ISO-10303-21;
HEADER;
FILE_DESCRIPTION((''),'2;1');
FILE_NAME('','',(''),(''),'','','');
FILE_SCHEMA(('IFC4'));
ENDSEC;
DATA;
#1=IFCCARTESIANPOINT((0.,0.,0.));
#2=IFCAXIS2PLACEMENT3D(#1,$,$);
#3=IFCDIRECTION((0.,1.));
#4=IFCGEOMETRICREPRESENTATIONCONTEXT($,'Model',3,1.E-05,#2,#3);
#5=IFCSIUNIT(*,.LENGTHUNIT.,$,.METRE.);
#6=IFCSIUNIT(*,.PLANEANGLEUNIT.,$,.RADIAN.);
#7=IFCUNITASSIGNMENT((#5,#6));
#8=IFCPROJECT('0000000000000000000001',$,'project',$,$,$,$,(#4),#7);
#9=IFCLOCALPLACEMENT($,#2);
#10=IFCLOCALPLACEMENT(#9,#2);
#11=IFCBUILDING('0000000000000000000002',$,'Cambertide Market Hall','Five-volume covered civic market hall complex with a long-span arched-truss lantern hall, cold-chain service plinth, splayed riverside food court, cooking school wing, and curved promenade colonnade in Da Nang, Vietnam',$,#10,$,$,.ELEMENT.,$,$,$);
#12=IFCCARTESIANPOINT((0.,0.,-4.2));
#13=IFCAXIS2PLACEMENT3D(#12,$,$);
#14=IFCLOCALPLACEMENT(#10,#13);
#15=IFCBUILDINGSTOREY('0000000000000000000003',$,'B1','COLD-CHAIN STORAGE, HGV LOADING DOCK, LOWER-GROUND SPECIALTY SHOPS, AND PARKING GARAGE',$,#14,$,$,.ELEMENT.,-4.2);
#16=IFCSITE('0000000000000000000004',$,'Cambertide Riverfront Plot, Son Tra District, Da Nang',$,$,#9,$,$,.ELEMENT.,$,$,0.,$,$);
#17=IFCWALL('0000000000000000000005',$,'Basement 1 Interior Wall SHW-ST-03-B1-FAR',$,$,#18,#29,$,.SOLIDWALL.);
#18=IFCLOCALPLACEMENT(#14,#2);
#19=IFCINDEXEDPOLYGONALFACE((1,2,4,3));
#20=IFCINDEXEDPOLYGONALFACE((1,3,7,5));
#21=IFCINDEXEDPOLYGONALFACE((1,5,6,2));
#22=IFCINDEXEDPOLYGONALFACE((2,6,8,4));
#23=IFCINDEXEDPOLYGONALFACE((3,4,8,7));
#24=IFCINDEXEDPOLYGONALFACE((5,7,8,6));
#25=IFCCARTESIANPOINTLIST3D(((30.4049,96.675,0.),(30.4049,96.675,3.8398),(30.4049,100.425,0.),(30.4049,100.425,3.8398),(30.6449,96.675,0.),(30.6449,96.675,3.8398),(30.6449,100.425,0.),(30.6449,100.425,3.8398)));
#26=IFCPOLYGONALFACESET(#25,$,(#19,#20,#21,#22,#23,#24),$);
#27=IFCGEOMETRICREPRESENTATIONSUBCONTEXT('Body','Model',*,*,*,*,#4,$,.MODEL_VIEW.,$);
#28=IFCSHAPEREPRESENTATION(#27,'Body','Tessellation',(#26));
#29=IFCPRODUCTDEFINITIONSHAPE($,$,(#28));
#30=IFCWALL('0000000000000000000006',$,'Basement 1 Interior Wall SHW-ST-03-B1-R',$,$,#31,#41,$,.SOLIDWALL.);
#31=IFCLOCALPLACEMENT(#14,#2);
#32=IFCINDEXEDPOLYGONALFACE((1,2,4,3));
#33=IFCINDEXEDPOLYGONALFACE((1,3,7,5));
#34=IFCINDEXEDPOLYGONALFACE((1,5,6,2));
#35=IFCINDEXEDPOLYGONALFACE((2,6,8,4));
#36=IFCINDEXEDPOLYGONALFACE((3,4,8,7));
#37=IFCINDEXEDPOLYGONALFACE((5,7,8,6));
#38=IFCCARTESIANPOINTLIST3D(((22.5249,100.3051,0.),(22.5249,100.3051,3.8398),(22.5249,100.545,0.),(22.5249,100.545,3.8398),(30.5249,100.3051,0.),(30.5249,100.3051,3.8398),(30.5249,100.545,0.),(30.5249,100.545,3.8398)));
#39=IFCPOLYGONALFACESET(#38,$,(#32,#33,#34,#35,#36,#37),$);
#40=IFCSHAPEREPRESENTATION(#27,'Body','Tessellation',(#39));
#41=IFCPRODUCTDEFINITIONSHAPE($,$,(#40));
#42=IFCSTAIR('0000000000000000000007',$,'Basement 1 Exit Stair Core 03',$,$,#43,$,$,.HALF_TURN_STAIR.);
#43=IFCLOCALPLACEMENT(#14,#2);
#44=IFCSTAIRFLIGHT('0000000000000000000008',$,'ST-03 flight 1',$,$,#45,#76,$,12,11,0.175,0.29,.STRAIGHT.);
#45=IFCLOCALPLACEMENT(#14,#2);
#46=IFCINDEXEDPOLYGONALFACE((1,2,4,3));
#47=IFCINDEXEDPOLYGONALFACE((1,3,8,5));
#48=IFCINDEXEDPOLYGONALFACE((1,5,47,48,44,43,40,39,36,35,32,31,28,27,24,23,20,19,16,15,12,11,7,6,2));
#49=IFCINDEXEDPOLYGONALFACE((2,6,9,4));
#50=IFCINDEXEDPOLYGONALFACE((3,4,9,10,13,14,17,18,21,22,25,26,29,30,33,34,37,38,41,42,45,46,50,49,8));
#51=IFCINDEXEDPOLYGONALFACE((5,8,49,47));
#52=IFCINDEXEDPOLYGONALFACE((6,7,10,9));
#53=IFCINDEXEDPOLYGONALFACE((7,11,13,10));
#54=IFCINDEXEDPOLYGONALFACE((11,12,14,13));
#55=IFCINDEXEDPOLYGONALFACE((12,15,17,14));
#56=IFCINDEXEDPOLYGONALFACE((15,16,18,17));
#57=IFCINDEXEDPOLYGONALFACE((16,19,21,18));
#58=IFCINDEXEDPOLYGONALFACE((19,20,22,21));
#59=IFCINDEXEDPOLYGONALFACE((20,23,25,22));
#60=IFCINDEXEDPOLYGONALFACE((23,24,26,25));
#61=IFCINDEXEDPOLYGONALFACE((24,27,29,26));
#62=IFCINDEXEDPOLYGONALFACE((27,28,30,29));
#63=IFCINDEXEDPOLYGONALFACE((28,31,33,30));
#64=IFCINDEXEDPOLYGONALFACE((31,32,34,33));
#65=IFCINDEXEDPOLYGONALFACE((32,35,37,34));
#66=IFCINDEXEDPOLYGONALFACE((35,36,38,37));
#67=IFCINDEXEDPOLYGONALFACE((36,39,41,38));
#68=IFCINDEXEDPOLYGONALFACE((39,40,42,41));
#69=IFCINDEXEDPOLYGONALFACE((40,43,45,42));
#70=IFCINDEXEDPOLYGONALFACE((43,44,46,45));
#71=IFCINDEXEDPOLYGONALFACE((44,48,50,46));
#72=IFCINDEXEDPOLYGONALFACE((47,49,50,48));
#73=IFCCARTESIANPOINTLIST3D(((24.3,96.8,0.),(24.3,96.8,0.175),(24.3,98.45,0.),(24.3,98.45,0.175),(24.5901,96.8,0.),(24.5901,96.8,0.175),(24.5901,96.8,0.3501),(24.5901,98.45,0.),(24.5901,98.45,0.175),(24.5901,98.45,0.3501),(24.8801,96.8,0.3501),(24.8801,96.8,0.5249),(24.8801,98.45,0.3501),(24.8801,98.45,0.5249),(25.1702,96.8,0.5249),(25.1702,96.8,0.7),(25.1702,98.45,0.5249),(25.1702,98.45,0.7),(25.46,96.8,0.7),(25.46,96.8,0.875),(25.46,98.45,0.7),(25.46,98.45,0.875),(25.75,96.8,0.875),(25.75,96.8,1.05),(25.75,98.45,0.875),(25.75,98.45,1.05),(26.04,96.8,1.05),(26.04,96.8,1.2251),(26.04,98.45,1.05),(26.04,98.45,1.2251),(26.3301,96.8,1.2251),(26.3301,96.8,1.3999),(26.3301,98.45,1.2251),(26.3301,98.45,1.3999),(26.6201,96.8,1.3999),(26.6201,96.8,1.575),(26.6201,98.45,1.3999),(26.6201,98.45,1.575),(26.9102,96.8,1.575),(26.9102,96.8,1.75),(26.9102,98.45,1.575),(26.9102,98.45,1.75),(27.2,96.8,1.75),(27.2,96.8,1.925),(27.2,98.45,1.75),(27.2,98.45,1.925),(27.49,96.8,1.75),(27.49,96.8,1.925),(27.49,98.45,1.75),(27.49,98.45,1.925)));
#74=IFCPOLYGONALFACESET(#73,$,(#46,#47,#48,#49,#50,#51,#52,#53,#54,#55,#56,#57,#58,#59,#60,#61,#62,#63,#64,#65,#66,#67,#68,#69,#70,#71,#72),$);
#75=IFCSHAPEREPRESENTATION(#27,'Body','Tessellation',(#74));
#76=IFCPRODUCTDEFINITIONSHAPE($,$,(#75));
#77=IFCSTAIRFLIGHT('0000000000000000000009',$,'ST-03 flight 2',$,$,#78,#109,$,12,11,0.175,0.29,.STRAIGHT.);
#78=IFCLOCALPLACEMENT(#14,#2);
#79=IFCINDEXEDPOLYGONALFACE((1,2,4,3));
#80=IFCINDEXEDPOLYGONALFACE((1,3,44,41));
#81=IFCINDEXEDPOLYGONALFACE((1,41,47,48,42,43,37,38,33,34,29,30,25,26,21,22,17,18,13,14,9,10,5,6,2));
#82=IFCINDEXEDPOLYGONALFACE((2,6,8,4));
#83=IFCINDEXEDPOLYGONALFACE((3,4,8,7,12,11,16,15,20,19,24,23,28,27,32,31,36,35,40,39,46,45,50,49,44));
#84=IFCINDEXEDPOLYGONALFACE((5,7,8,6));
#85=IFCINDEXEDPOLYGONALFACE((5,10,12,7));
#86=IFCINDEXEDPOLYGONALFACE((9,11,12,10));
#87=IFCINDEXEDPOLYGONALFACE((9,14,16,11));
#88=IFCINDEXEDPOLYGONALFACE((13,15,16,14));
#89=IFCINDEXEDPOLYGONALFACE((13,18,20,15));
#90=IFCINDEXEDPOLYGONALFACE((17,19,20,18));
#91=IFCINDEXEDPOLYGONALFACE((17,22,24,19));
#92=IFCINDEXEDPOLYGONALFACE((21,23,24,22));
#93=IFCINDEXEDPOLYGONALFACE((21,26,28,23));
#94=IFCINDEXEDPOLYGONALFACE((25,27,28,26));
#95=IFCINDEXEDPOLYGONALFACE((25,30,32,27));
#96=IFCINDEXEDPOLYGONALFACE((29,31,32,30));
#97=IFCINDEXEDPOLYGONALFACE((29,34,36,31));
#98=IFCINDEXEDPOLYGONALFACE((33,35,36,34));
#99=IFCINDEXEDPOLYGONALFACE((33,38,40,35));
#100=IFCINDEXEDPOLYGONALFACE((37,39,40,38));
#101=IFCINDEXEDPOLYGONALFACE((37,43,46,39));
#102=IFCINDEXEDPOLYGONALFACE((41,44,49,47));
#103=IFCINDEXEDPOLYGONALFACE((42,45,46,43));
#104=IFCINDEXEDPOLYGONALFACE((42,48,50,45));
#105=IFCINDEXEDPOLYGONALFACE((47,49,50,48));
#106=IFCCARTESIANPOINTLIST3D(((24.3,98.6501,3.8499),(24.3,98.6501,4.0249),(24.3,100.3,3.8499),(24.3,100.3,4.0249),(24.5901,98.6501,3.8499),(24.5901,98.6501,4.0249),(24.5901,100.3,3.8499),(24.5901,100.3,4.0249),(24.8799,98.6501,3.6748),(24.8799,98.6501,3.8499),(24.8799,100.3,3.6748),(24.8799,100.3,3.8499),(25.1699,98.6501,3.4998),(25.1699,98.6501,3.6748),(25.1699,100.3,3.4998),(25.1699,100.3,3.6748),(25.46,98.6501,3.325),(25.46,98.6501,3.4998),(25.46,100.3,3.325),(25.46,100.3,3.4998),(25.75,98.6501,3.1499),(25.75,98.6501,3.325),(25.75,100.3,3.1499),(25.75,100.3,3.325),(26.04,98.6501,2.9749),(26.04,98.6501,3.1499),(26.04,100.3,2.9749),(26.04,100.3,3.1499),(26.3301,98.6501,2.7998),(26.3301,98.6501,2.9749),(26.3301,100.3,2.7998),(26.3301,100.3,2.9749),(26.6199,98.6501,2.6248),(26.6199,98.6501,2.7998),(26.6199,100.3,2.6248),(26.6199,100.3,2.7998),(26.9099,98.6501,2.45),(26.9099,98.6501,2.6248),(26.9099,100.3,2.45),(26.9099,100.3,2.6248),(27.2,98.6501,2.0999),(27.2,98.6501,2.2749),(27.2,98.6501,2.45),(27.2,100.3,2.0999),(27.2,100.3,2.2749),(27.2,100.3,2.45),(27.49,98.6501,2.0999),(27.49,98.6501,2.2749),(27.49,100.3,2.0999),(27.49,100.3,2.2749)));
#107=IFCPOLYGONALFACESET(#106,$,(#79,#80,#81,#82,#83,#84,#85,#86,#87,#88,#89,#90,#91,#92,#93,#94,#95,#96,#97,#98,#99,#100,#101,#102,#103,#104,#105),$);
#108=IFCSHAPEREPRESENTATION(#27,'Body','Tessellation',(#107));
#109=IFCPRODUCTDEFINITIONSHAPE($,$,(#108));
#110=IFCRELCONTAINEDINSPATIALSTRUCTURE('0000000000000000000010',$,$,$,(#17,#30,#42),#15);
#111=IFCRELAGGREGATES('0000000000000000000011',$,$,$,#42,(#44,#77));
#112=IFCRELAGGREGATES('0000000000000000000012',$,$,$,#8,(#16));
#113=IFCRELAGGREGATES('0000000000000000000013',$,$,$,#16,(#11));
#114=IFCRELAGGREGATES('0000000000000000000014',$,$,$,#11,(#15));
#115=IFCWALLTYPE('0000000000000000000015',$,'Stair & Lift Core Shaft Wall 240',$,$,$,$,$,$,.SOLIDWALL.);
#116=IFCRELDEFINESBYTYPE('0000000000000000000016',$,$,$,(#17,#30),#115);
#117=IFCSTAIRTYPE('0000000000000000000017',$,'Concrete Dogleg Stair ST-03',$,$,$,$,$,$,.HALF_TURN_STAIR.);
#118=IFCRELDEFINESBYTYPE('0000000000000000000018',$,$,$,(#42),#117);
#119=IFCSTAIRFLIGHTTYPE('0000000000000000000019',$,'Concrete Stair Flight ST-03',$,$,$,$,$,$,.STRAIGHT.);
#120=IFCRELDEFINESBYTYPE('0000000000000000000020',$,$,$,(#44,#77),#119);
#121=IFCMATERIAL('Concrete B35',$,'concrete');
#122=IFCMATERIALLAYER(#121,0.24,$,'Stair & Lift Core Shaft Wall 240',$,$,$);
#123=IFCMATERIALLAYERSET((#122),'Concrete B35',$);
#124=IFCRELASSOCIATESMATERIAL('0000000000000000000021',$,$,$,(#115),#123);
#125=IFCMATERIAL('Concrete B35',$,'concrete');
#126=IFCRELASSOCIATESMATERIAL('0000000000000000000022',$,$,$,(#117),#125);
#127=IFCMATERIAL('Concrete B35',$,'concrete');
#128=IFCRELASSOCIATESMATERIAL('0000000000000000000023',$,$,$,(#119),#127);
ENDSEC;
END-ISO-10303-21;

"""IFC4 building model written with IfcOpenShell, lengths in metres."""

from ifc_helpers import new_model, si_unit, direction, frame, frame_2d, origin, place, context, subcontext, project, spatial, polyline, rectangle, outline, extrude, material, layer, layer_set, type_object, element, aggregate, save


model = new_model("IFC4")

# Units and contexts
model_context = context("Model", 3, precision=1e-05, world=origin(), true_north=direction((0.0, 1.0)))
body_context = subcontext(model_context, "Body", "Model", "MODEL_VIEW")
ifc_project = project(units=[si_unit("LENGTHUNIT", "METRE"), si_unit("PLANEANGLEUNIT", "RADIAN")], contexts=[model_context])

# Site, building, storey
site_placement = place(None, origin())
site = spatial("IfcSite", under=ifc_project, at=site_placement, Name="Cambertide Riverfront Plot, Son Tra District, Da Nang", CompositionType="ELEMENT", RefElevation=0.0)
building_placement = place(site_placement, origin())
building = spatial("IfcBuilding", under=site, at=building_placement, Name="Cambertide Market Hall", Description="Five-volume covered civic market hall complex with a long-span arched-truss lantern hall, cold-chain service plinth, splayed riverside food court, cooking school wing, and curved promenade colonnade in Da Nang, Vietnam", CompositionType="ELEMENT")
storey_placement = place(building_placement, frame((0.0, 0.0, -4.2)))
storey = spatial("IfcBuildingStorey", under=building, at=storey_placement, Name="B1", Description="COLD-CHAIN STORAGE, HGV LOADING DOCK, LOWER-GROUND SPECIALTY SHOPS, AND PARKING GARAGE", CompositionType="ELEMENT", Elevation=-4.2)

# Shared definitions
ifc_material_1 = material(Name="Concrete B35", Category="concrete")
ifc_layer_1 = layer(ifc_material_1, 0.24, Name="Stair & Lift Core Shaft Wall 240")
ifc_layer_set_1 = layer_set([ifc_layer_1], Name="Concrete B35")
wall_type_1 = type_object("IfcWallType", Name="Stair & Lift Core Shaft Wall 240", PredefinedType="SOLIDWALL", material=ifc_layer_set_1)

# Walls
wall_1_placement = place(storey_placement, frame((30.5249, 100.425, 0.0), z_axis=(0.0, 0.0, 1.0), x_axis=(0.0, -1.0, 0.0)))
element("IfcWall", 1, at=wall_1_placement, inside=storey, type_object=wall_type_1, Name="Basement 1 Interior Wall SHW-ST-03-B1-FAR", PredefinedType="SOLIDWALL", context=body_context, shape_type="SweptSolid", body=[
    extrude(rectangle(XDim=3.75, YDim=0.24, at=frame_2d((1.875, 0.0))), origin(), (0.0, 0.0, 1.0), 3.8398),
])
wall_2_placement = place(storey_placement, frame((22.5249, 100.425, 0.0), z_axis=(0.0, 0.0, 1.0), x_axis=(1.0, 0.0, 0.0)))
element("IfcWall", 2, at=wall_2_placement, inside=storey, type_object=wall_type_1, Name="Basement 1 Interior Wall SHW-ST-03-B1-R", PredefinedType="SOLIDWALL", context=body_context, shape_type="SweptSolid", body=[
    extrude(rectangle(XDim=8.0, YDim=0.24, at=frame_2d((4.0, 0.0))), origin(), (0.0, 0.0, 1.0), 3.8398),
])

# Stair, stair flights
ifc_material_2 = material(Name="Concrete B35", Category="concrete")
stair_type = type_object("IfcStairType", Name="Concrete Dogleg Stair ST-03", PredefinedType="HALF_TURN_STAIR", material=ifc_material_2)
stair_placement = place(storey_placement, origin())
stair = element("IfcStair", 3, at=stair_placement, inside=storey, type_object=stair_type, Name="Basement 1 Exit Stair Core 03", PredefinedType="HALF_TURN_STAIR")
ifc_material_3 = material(Name="Concrete B35", Category="concrete")
stair_flight_type = type_object("IfcStairFlightType", Name="Concrete Stair Flight ST-03", PredefinedType="STRAIGHT", material=ifc_material_3)
stair_flight_1_placement = place(storey_placement, frame((24.3, 97.625, 0.0), z_axis=(0.0, 0.0, 1.0), x_axis=(1.0, 0.0, 0.0)))
stair_flight_1 = element("IfcStairFlight", 4, at=stair_flight_1_placement, type_object=stair_flight_type, Name="ST-03 flight 1", NumberOfRisers=12, NumberOfTreads=11, PredefinedType="STRAIGHT", RiserHeight=0.175, TreadLength=0.29, context=body_context, shape_type="SweptSolid", body=[
    extrude(outline(polyline([(0.0, 0.0), (0.0, 0.175), (0.29, 0.175), (0.29, 0.3501), (0.5801, 0.3501), (0.5801, 0.5249), (0.8701, 0.5249), (0.8701, 0.7), (1.1599, 0.7), (1.1599, 0.875), (1.45, 0.875), (1.45, 1.05), (1.74, 1.05), (1.74, 1.2251), (2.03, 1.2251), (2.03, 1.3999), (2.3201, 1.3999), (2.3201, 1.575), (2.6101, 1.575), (2.6101, 1.75), (2.8999, 1.75), (2.8999, 1.925), (3.1899, 1.925), (3.1899, 2.1001), (3.1899, 1.75), (0.29, 0.0), (0.0, 0.0)])), frame((0.0, 0.825, 0.0), z_axis=(0.0, -1.0, 0.0), x_axis=(1.0, 0.0, 0.0)), (0.0, 0.0, 1.0), 1.6499),
])
stair_flight_2_placement = place(storey_placement, frame((27.49, 99.4751, 2.0999), z_axis=(0.0, 0.0, 1.0), x_axis=(-1.0, 0.0, 0.0)))
stair_flight_2 = element("IfcStairFlight", 5, at=stair_flight_2_placement, type_object=stair_flight_type, Name="ST-03 flight 2", NumberOfRisers=12, NumberOfTreads=11, PredefinedType="STRAIGHT", RiserHeight=0.175, TreadLength=0.29, context=body_context, shape_type="SweptSolid", body=[
    extrude(outline(polyline([(0.0, 0.0), (0.0, 0.175), (0.29, 0.175), (0.29, 0.3501), (0.5801, 0.3501), (0.5801, 0.5249), (0.8701, 0.5249), (0.8701, 0.7), (1.1599, 0.7), (1.1599, 0.875), (1.45, 0.875), (1.45, 1.05), (1.74, 1.05), (1.74, 1.2251), (2.03, 1.2251), (2.03, 1.3999), (2.3201, 1.3999), (2.3201, 1.575), (2.6101, 1.575), (2.6101, 1.75), (2.8999, 1.75), (2.8999, 1.925), (3.1899, 1.925), (3.1899, 2.1001), (3.1899, 1.75), (0.29, 0.0), (0.0, 0.0)])), frame((0.0, 0.825, 0.0), z_axis=(0.0, -1.0, 0.0), x_axis=(1.0, 0.0, 0.0)), (0.0, 0.0, 1.0), 1.6499),
])
aggregate(stair, [stair_flight_1, stair_flight_2])

save(model, "model.ifc")
